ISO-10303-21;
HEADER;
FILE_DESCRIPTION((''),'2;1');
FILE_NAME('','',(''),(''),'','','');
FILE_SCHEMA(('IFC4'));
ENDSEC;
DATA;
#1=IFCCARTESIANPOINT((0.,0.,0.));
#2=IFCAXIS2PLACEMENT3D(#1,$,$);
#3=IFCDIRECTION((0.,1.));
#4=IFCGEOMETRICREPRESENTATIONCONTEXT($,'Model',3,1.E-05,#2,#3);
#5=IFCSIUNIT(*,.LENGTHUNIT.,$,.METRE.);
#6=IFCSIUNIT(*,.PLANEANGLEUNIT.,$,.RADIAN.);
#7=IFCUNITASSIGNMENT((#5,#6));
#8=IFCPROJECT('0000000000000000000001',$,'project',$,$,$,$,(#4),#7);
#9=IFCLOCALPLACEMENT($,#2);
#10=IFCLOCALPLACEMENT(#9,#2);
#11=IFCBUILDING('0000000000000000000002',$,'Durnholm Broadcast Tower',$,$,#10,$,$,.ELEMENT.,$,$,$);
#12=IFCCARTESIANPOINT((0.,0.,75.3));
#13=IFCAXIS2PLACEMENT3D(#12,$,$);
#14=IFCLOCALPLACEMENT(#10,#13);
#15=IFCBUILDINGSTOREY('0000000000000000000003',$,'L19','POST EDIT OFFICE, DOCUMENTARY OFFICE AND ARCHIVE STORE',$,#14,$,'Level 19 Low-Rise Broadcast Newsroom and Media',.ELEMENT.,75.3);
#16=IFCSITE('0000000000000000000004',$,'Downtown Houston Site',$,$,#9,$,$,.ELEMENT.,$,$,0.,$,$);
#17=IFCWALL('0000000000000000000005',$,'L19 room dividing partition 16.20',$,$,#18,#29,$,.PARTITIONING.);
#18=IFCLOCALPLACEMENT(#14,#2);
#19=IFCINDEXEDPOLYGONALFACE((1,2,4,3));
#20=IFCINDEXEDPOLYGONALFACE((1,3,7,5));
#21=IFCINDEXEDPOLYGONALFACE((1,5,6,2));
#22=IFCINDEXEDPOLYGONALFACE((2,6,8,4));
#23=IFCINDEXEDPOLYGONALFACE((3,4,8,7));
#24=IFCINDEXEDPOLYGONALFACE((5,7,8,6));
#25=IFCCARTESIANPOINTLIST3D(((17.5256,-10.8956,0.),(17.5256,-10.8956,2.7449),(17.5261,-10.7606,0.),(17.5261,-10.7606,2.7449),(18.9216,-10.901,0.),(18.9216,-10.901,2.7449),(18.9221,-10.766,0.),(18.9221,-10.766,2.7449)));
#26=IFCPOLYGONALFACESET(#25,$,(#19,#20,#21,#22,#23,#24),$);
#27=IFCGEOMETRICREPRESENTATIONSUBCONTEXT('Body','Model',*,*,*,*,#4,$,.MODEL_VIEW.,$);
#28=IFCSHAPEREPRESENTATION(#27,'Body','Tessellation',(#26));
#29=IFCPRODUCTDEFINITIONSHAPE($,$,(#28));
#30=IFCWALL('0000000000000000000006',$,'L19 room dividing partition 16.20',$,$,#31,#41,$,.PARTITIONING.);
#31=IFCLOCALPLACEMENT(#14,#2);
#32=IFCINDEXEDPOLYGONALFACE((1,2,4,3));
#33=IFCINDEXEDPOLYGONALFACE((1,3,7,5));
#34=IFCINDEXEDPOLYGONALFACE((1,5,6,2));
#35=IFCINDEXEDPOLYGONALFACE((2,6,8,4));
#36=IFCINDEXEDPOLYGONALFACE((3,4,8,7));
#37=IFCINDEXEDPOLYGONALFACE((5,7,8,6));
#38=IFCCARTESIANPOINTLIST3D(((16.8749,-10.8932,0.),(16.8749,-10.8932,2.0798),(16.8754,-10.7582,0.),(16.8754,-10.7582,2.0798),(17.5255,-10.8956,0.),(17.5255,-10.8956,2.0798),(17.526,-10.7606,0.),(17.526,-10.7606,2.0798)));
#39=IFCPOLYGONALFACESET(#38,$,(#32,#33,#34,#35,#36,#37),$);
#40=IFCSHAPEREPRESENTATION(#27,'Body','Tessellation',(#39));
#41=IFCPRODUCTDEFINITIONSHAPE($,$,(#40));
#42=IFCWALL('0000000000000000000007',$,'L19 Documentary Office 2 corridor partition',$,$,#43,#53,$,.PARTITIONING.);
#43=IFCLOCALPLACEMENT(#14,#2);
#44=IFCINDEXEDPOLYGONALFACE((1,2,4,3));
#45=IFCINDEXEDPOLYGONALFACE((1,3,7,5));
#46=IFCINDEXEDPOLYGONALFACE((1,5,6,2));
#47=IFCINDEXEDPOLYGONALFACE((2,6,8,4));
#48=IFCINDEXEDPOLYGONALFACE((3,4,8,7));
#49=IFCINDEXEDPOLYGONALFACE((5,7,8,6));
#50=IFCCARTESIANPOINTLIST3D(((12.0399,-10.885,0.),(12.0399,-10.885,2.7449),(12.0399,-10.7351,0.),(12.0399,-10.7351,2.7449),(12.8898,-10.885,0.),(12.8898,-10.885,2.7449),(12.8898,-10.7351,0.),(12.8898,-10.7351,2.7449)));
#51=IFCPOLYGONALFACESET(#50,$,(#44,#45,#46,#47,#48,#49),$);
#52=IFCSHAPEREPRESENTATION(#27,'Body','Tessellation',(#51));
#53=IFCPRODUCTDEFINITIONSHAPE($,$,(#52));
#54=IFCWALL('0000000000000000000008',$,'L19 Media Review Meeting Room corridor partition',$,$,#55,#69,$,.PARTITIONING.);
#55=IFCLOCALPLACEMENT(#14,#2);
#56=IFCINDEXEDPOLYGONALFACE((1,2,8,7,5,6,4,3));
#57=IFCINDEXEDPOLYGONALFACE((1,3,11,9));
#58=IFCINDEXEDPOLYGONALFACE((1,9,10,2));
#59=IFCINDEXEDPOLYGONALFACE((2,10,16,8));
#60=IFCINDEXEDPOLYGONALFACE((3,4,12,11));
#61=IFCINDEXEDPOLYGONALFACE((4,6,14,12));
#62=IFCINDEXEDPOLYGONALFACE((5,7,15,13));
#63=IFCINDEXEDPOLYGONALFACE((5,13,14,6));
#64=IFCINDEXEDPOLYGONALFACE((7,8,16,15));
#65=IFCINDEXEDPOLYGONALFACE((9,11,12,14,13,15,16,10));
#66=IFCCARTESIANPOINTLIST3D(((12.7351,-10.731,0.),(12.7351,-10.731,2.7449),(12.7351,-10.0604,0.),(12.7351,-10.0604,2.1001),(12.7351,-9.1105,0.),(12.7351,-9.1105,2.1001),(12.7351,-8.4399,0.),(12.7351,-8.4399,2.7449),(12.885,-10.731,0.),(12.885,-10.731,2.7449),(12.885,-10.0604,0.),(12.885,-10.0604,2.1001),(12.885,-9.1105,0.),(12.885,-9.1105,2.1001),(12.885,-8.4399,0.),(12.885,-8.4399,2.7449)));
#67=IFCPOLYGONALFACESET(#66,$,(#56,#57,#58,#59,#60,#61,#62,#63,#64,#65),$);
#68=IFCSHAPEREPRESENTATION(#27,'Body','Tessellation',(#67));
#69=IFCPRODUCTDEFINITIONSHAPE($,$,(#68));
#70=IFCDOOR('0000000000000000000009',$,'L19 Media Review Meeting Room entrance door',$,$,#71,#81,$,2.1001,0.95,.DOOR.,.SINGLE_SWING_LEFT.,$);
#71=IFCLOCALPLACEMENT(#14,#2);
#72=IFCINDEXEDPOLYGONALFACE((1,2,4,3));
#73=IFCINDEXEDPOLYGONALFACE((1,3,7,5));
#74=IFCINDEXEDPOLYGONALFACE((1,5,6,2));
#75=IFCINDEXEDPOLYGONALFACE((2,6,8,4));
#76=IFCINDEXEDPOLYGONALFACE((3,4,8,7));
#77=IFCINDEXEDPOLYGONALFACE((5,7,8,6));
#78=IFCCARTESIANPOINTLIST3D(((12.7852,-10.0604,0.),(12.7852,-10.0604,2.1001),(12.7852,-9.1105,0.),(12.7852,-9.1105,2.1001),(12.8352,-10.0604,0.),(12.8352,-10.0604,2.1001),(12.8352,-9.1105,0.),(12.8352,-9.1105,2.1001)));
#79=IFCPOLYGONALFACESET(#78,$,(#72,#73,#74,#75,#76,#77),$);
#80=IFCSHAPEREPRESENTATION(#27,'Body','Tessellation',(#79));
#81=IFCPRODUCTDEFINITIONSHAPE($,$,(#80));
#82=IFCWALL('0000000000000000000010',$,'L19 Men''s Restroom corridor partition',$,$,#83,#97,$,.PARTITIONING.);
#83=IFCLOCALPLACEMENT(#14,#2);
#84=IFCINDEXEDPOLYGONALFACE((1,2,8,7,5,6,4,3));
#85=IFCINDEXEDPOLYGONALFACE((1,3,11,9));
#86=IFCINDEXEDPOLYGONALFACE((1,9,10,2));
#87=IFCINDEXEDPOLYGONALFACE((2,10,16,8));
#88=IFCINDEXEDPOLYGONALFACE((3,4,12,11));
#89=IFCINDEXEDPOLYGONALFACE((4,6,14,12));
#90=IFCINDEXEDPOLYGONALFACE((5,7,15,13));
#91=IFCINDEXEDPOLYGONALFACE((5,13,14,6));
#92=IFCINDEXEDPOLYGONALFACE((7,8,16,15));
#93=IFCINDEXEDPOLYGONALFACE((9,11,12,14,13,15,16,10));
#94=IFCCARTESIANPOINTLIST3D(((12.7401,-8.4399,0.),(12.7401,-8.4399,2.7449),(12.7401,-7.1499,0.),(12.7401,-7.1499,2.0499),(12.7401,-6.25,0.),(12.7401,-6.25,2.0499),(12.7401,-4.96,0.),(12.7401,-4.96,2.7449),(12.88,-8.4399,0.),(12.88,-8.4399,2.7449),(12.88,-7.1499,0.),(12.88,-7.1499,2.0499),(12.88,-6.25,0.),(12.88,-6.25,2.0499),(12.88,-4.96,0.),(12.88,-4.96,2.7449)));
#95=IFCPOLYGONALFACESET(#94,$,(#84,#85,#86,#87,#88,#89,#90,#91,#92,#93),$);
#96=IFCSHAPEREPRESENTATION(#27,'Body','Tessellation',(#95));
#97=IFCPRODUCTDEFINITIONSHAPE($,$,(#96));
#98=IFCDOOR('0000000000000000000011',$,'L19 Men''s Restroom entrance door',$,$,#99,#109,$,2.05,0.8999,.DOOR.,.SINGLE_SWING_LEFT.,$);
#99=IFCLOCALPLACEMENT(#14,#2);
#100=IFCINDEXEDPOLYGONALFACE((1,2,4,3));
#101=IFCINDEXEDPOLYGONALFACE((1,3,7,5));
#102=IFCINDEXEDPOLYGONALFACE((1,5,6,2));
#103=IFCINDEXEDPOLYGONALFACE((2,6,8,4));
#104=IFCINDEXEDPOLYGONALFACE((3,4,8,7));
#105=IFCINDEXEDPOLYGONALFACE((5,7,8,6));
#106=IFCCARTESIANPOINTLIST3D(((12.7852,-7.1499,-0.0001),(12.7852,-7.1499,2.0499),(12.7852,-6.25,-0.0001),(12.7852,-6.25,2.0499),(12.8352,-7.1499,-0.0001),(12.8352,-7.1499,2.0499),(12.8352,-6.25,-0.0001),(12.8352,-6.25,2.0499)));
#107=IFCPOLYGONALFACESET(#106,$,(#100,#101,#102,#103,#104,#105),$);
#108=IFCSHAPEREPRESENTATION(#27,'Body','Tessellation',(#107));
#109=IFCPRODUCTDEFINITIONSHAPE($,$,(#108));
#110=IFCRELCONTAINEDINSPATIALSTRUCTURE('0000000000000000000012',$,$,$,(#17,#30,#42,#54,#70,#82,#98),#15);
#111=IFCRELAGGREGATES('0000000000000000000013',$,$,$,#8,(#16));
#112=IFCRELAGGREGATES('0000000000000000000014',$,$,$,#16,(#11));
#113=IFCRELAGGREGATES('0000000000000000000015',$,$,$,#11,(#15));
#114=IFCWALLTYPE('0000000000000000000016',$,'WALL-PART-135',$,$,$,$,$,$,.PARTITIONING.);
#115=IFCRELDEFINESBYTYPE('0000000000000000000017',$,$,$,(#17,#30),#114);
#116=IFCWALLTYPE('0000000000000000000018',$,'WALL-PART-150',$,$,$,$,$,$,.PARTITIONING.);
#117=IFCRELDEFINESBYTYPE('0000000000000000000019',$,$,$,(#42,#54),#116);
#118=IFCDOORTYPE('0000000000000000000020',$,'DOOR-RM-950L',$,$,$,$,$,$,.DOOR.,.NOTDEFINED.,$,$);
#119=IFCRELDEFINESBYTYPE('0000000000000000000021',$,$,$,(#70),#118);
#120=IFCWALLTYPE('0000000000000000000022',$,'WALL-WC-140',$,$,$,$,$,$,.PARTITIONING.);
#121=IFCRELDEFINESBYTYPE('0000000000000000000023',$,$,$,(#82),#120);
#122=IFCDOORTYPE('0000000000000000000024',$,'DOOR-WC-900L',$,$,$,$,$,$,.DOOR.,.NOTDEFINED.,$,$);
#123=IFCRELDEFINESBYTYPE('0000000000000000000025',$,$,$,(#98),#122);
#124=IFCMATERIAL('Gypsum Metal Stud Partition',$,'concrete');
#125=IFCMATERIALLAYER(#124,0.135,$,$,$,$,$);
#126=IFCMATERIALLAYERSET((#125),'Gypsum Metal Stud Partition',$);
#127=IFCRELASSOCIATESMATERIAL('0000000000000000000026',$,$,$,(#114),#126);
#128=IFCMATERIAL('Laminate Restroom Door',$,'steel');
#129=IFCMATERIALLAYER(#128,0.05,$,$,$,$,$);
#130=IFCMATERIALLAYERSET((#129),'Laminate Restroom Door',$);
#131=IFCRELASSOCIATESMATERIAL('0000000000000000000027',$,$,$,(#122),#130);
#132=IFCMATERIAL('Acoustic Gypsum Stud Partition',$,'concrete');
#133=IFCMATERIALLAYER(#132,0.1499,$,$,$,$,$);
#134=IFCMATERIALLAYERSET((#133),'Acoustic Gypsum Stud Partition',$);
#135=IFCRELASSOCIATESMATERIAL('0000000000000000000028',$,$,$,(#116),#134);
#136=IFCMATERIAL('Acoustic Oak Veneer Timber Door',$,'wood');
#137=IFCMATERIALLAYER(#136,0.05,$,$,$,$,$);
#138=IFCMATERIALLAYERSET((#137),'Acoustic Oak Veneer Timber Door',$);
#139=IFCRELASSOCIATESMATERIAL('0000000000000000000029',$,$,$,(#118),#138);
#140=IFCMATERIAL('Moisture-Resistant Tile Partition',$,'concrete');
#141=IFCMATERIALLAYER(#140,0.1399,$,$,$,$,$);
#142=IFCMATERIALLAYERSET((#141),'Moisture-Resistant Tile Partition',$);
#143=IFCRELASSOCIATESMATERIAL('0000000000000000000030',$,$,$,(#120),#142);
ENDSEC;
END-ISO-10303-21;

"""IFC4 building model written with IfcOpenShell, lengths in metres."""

from ifc_helpers import new_model, si_unit, direction, frame, frame_2d, origin, place, context, subcontext, project, spatial, rectangle, extrude, source, transform, mapped, material, layer, layer_set, type_object, type_shapes, element, fill, save


model = new_model("IFC4")

# Units and contexts
model_context = context("Model", 3, precision=1e-05, world=origin(), true_north=direction((0.0, 1.0)))
body_context = subcontext(model_context, "Body", "Model", "MODEL_VIEW")
ifc_project = project(units=[si_unit("LENGTHUNIT", "METRE"), si_unit("PLANEANGLEUNIT", "RADIAN")], contexts=[model_context])

# Site, building, storey
site_placement = place(None, origin())
site = spatial("IfcSite", under=ifc_project, at=site_placement, Name="Downtown Houston Site", CompositionType="ELEMENT", RefElevation=0.0)
building_placement = place(site_placement, origin())
building = spatial("IfcBuilding", under=site, at=building_placement, Name="Durnholm Broadcast Tower", CompositionType="ELEMENT")
storey_placement = place(building_placement, frame((0.0, 0.0, 75.3)))
storey = spatial("IfcBuildingStorey", under=building, at=storey_placement, Name="L19", Description="POST EDIT OFFICE, DOCUMENTARY OFFICE AND ARCHIVE STORE", LongName="Level 19 Low-Rise Broadcast Newsroom and Media", CompositionType="ELEMENT", Elevation=75.3)

# Shared definitions
ifc_material_1 = material(Name="Gypsum Metal Stud Partition", Category="concrete")
ifc_layer_1 = layer(ifc_material_1, 0.135)
ifc_layer_set_1 = layer_set([ifc_layer_1], Name="Gypsum Metal Stud Partition")
wall_type_1 = type_object("IfcWallType", Name="WALL-PART-135", PredefinedType="PARTITIONING", material=ifc_layer_set_1)

# Shared definitions
ifc_material_2 = material(Name="Laminate Restroom Door", Category="steel")
ifc_layer_2 = layer(ifc_material_2, 0.05)
ifc_layer_set_2 = layer_set([ifc_layer_2], Name="Laminate Restroom Door")
door_type_1 = type_object("IfcDoorType", Name="DOOR-WC-900L", OperationType="NOTDEFINED", PredefinedType="DOOR", material=ifc_layer_set_2)
shared_shape_1 = source(origin(), body_context, "Body", "SweptSolid", [
    extrude(rectangle(XDim=0.8999, YDim=2.05, at=frame_2d((0.45, 1.0249))), frame((0.0, 0.0249, 0.0), z_axis=(0.0, -1.0, 0.0), x_axis=(1.0, 0.0, 0.0)), (0.0, 0.0, 1.0), 0.05),
])
type_shapes(door_type_1, [shared_shape_1])

# Walls
wall_1_placement = place(storey_placement, frame((17.5259, -10.8281, 0.0), z_axis=(0.0, 0.0, 1.0), x_axis=(0.999993, -0.003847, 0.0)))
element("IfcWall", 1, at=wall_1_placement, inside=storey, type_object=wall_type_1, Name="L19 room dividing partition 16.20", PredefinedType="PARTITIONING", context=body_context, shape_type="SweptSolid", body=[
    extrude(rectangle(XDim=1.396, YDim=0.135, at=frame_2d((0.698, 0.0))), origin(), (0.0, 0.0, 1.0), 2.7449),
])
wall_2_placement = place(storey_placement, frame((16.8752, -10.8257, 0.0), z_axis=(0.0, 0.0, 1.0), x_axis=(0.999993, -0.003752, 0.0)))
element("IfcWall", 2, at=wall_2_placement, inside=storey, type_object=wall_type_1, Name="L19 room dividing partition 16.20", PredefinedType="PARTITIONING", context=body_context, shape_type="SweptSolid", body=[
    extrude(rectangle(XDim=0.6506, YDim=0.135, at=frame_2d((0.3252, 0.0))), origin(), (0.0, 0.0, 1.0), 2.0798),
])
ifc_material_3 = material(Name="Acoustic Gypsum Stud Partition", Category="concrete")
ifc_layer_3 = layer(ifc_material_3, 0.1499)
ifc_layer_set_3 = layer_set([ifc_layer_3], Name="Acoustic Gypsum Stud Partition")
wall_type_2 = type_object("IfcWallType", Name="WALL-PART-150", PredefinedType="PARTITIONING", material=ifc_layer_set_3)
wall_3_placement = place(storey_placement, frame((12.04, -10.8101, 0.0), z_axis=(0.0, 0.0, 1.0), x_axis=(1.0, 0.0, 0.0)))
element("IfcWall", 3, at=wall_3_placement, inside=storey, type_object=wall_type_2, Name="L19 Documentary Office 2 corridor partition", PredefinedType="PARTITIONING", context=body_context, shape_type="SweptSolid", body=[
    extrude(rectangle(XDim=0.8499, YDim=0.1499, at=frame_2d((0.4248, 0.0))), origin(), (0.0, 0.0, 1.0), 2.7449),
])

# Walls, openings, doors
wall_4_placement = place(storey_placement, frame((12.8101, -10.731, 0.0), z_axis=(0.0, 0.0, 1.0), x_axis=(0.0, 1.0, 0.0)))
wall_4 = element("IfcWall", 4, at=wall_4_placement, inside=storey, type_object=wall_type_2, Name="L19 Media Review Meeting Room corridor partition", PredefinedType="PARTITIONING", context=body_context, shape_type="SweptSolid", body=[
    extrude(rectangle(XDim=2.291, YDim=0.1499, at=frame_2d((1.1455, 0.0))), origin(), (0.0, 0.0, 1.0), 2.7449),
])
opening_1_placement = place(wall_4_placement, frame((0.6704, 0.0, 0.0)))
opening_1 = element("IfcOpeningElement", 5, at=opening_1_placement, cuts=wall_4, PredefinedType="OPENING", context=body_context, shape_type="SweptSolid", body=[
    extrude(rectangle(XDim=0.95, YDim=2.1001, at=frame_2d((0.4751, 1.05))), frame((0.0, 0.085, 0.0), z_axis=(0.0, -1.0, 0.0), x_axis=(1.0, 0.0, 0.0)), (0.0, 0.0, 1.0), 0.1699),
])
ifc_material_4 = material(Name="Acoustic Oak Veneer Timber Door", Category="wood")
ifc_layer_4 = layer(ifc_material_4, 0.05)
ifc_layer_set_4 = layer_set([ifc_layer_4], Name="Acoustic Oak Veneer Timber Door")
door_type_2 = type_object("IfcDoorType", Name="DOOR-RM-950L", OperationType="NOTDEFINED", PredefinedType="DOOR", material=ifc_layer_set_4)
shared_shape_2 = source(origin(), body_context, "Body", "SweptSolid", [
    extrude(rectangle(XDim=0.95, YDim=2.1001, at=frame_2d((0.4751, 1.05))), frame((0.0, 0.0249, 0.0), z_axis=(0.0, -1.0, 0.0), x_axis=(1.0, 0.0, 0.0)), (0.0, 0.0, 1.0), 0.05),
])
type_shapes(door_type_2, [shared_shape_2])
door_1_placement = place(opening_1_placement, origin())
door_1 = element("IfcDoor", 6, at=door_1_placement, inside=storey, type_object=door_type_2, Name="L19 Media Review Meeting Room entrance door", OperationType="SINGLE_SWING_LEFT", OverallHeight=2.1001, OverallWidth=0.95, PredefinedType="DOOR", context=body_context, shape_type="MappedRepresentation", body=[
    mapped(shared_shape_2, transform((0.0, 0.0, 0.0), x_axis=(1.0, 0.0, 0.0), y_axis=(0.0, 1.0, 0.0), z_axis=(0.0, 0.0, 1.0), scale=1.0)),
])
fill(opening_1, door_1)
ifc_material_5 = material(Name="Moisture-Resistant Tile Partition", Category="concrete")
ifc_layer_5 = layer(ifc_material_5, 0.1399)
ifc_layer_set_5 = layer_set([ifc_layer_5], Name="Moisture-Resistant Tile Partition")
wall_type_3 = type_object("IfcWallType", Name="WALL-WC-140", PredefinedType="PARTITIONING", material=ifc_layer_set_5)
wall_5_placement = place(storey_placement, frame((12.8101, -8.4399, 0.0), z_axis=(0.0, 0.0, 1.0), x_axis=(0.0, 1.0, 0.0)))
wall_5 = element("IfcWall", 7, at=wall_5_placement, inside=storey, type_object=wall_type_3, Name="L19 Men's Restroom corridor partition", PredefinedType="PARTITIONING", context=body_context, shape_type="SweptSolid", body=[
    extrude(rectangle(XDim=3.48, YDim=0.1399, at=frame_2d((1.74, 0.0))), origin(), (0.0, 0.0, 1.0), 2.7449),
])
opening_2_placement = place(wall_5_placement, frame((1.29, 0.0, 0.0)))
opening_2 = element("IfcOpeningElement", 8, at=opening_2_placement, cuts=wall_5, PredefinedType="OPENING", context=body_context, shape_type="SweptSolid", body=[
    extrude(rectangle(XDim=0.8999, YDim=2.05, at=frame_2d((0.45, 1.0249))), frame((0.0, 0.0801, 0.0), z_axis=(0.0, -1.0, 0.0), x_axis=(1.0, 0.0, 0.0)), (0.0, 0.0, 1.0), 0.1599),
])
door_2_placement = place(opening_2_placement, origin())
door_2 = element("IfcDoor", 9, at=door_2_placement, inside=storey, type_object=door_type_1, Name="L19 Men's Restroom entrance door", OperationType="SINGLE_SWING_LEFT", OverallHeight=2.05, OverallWidth=0.8999, PredefinedType="DOOR", context=body_context, shape_type="MappedRepresentation", body=[
    mapped(shared_shape_1, transform((0.0, 0.0, 0.0), x_axis=(1.0, 0.0, 0.0), y_axis=(0.0, 1.0, 0.0), z_axis=(0.0, 0.0, 1.0), scale=1.0)),
])
fill(opening_2, door_2)

save(model, "model.ifc")
